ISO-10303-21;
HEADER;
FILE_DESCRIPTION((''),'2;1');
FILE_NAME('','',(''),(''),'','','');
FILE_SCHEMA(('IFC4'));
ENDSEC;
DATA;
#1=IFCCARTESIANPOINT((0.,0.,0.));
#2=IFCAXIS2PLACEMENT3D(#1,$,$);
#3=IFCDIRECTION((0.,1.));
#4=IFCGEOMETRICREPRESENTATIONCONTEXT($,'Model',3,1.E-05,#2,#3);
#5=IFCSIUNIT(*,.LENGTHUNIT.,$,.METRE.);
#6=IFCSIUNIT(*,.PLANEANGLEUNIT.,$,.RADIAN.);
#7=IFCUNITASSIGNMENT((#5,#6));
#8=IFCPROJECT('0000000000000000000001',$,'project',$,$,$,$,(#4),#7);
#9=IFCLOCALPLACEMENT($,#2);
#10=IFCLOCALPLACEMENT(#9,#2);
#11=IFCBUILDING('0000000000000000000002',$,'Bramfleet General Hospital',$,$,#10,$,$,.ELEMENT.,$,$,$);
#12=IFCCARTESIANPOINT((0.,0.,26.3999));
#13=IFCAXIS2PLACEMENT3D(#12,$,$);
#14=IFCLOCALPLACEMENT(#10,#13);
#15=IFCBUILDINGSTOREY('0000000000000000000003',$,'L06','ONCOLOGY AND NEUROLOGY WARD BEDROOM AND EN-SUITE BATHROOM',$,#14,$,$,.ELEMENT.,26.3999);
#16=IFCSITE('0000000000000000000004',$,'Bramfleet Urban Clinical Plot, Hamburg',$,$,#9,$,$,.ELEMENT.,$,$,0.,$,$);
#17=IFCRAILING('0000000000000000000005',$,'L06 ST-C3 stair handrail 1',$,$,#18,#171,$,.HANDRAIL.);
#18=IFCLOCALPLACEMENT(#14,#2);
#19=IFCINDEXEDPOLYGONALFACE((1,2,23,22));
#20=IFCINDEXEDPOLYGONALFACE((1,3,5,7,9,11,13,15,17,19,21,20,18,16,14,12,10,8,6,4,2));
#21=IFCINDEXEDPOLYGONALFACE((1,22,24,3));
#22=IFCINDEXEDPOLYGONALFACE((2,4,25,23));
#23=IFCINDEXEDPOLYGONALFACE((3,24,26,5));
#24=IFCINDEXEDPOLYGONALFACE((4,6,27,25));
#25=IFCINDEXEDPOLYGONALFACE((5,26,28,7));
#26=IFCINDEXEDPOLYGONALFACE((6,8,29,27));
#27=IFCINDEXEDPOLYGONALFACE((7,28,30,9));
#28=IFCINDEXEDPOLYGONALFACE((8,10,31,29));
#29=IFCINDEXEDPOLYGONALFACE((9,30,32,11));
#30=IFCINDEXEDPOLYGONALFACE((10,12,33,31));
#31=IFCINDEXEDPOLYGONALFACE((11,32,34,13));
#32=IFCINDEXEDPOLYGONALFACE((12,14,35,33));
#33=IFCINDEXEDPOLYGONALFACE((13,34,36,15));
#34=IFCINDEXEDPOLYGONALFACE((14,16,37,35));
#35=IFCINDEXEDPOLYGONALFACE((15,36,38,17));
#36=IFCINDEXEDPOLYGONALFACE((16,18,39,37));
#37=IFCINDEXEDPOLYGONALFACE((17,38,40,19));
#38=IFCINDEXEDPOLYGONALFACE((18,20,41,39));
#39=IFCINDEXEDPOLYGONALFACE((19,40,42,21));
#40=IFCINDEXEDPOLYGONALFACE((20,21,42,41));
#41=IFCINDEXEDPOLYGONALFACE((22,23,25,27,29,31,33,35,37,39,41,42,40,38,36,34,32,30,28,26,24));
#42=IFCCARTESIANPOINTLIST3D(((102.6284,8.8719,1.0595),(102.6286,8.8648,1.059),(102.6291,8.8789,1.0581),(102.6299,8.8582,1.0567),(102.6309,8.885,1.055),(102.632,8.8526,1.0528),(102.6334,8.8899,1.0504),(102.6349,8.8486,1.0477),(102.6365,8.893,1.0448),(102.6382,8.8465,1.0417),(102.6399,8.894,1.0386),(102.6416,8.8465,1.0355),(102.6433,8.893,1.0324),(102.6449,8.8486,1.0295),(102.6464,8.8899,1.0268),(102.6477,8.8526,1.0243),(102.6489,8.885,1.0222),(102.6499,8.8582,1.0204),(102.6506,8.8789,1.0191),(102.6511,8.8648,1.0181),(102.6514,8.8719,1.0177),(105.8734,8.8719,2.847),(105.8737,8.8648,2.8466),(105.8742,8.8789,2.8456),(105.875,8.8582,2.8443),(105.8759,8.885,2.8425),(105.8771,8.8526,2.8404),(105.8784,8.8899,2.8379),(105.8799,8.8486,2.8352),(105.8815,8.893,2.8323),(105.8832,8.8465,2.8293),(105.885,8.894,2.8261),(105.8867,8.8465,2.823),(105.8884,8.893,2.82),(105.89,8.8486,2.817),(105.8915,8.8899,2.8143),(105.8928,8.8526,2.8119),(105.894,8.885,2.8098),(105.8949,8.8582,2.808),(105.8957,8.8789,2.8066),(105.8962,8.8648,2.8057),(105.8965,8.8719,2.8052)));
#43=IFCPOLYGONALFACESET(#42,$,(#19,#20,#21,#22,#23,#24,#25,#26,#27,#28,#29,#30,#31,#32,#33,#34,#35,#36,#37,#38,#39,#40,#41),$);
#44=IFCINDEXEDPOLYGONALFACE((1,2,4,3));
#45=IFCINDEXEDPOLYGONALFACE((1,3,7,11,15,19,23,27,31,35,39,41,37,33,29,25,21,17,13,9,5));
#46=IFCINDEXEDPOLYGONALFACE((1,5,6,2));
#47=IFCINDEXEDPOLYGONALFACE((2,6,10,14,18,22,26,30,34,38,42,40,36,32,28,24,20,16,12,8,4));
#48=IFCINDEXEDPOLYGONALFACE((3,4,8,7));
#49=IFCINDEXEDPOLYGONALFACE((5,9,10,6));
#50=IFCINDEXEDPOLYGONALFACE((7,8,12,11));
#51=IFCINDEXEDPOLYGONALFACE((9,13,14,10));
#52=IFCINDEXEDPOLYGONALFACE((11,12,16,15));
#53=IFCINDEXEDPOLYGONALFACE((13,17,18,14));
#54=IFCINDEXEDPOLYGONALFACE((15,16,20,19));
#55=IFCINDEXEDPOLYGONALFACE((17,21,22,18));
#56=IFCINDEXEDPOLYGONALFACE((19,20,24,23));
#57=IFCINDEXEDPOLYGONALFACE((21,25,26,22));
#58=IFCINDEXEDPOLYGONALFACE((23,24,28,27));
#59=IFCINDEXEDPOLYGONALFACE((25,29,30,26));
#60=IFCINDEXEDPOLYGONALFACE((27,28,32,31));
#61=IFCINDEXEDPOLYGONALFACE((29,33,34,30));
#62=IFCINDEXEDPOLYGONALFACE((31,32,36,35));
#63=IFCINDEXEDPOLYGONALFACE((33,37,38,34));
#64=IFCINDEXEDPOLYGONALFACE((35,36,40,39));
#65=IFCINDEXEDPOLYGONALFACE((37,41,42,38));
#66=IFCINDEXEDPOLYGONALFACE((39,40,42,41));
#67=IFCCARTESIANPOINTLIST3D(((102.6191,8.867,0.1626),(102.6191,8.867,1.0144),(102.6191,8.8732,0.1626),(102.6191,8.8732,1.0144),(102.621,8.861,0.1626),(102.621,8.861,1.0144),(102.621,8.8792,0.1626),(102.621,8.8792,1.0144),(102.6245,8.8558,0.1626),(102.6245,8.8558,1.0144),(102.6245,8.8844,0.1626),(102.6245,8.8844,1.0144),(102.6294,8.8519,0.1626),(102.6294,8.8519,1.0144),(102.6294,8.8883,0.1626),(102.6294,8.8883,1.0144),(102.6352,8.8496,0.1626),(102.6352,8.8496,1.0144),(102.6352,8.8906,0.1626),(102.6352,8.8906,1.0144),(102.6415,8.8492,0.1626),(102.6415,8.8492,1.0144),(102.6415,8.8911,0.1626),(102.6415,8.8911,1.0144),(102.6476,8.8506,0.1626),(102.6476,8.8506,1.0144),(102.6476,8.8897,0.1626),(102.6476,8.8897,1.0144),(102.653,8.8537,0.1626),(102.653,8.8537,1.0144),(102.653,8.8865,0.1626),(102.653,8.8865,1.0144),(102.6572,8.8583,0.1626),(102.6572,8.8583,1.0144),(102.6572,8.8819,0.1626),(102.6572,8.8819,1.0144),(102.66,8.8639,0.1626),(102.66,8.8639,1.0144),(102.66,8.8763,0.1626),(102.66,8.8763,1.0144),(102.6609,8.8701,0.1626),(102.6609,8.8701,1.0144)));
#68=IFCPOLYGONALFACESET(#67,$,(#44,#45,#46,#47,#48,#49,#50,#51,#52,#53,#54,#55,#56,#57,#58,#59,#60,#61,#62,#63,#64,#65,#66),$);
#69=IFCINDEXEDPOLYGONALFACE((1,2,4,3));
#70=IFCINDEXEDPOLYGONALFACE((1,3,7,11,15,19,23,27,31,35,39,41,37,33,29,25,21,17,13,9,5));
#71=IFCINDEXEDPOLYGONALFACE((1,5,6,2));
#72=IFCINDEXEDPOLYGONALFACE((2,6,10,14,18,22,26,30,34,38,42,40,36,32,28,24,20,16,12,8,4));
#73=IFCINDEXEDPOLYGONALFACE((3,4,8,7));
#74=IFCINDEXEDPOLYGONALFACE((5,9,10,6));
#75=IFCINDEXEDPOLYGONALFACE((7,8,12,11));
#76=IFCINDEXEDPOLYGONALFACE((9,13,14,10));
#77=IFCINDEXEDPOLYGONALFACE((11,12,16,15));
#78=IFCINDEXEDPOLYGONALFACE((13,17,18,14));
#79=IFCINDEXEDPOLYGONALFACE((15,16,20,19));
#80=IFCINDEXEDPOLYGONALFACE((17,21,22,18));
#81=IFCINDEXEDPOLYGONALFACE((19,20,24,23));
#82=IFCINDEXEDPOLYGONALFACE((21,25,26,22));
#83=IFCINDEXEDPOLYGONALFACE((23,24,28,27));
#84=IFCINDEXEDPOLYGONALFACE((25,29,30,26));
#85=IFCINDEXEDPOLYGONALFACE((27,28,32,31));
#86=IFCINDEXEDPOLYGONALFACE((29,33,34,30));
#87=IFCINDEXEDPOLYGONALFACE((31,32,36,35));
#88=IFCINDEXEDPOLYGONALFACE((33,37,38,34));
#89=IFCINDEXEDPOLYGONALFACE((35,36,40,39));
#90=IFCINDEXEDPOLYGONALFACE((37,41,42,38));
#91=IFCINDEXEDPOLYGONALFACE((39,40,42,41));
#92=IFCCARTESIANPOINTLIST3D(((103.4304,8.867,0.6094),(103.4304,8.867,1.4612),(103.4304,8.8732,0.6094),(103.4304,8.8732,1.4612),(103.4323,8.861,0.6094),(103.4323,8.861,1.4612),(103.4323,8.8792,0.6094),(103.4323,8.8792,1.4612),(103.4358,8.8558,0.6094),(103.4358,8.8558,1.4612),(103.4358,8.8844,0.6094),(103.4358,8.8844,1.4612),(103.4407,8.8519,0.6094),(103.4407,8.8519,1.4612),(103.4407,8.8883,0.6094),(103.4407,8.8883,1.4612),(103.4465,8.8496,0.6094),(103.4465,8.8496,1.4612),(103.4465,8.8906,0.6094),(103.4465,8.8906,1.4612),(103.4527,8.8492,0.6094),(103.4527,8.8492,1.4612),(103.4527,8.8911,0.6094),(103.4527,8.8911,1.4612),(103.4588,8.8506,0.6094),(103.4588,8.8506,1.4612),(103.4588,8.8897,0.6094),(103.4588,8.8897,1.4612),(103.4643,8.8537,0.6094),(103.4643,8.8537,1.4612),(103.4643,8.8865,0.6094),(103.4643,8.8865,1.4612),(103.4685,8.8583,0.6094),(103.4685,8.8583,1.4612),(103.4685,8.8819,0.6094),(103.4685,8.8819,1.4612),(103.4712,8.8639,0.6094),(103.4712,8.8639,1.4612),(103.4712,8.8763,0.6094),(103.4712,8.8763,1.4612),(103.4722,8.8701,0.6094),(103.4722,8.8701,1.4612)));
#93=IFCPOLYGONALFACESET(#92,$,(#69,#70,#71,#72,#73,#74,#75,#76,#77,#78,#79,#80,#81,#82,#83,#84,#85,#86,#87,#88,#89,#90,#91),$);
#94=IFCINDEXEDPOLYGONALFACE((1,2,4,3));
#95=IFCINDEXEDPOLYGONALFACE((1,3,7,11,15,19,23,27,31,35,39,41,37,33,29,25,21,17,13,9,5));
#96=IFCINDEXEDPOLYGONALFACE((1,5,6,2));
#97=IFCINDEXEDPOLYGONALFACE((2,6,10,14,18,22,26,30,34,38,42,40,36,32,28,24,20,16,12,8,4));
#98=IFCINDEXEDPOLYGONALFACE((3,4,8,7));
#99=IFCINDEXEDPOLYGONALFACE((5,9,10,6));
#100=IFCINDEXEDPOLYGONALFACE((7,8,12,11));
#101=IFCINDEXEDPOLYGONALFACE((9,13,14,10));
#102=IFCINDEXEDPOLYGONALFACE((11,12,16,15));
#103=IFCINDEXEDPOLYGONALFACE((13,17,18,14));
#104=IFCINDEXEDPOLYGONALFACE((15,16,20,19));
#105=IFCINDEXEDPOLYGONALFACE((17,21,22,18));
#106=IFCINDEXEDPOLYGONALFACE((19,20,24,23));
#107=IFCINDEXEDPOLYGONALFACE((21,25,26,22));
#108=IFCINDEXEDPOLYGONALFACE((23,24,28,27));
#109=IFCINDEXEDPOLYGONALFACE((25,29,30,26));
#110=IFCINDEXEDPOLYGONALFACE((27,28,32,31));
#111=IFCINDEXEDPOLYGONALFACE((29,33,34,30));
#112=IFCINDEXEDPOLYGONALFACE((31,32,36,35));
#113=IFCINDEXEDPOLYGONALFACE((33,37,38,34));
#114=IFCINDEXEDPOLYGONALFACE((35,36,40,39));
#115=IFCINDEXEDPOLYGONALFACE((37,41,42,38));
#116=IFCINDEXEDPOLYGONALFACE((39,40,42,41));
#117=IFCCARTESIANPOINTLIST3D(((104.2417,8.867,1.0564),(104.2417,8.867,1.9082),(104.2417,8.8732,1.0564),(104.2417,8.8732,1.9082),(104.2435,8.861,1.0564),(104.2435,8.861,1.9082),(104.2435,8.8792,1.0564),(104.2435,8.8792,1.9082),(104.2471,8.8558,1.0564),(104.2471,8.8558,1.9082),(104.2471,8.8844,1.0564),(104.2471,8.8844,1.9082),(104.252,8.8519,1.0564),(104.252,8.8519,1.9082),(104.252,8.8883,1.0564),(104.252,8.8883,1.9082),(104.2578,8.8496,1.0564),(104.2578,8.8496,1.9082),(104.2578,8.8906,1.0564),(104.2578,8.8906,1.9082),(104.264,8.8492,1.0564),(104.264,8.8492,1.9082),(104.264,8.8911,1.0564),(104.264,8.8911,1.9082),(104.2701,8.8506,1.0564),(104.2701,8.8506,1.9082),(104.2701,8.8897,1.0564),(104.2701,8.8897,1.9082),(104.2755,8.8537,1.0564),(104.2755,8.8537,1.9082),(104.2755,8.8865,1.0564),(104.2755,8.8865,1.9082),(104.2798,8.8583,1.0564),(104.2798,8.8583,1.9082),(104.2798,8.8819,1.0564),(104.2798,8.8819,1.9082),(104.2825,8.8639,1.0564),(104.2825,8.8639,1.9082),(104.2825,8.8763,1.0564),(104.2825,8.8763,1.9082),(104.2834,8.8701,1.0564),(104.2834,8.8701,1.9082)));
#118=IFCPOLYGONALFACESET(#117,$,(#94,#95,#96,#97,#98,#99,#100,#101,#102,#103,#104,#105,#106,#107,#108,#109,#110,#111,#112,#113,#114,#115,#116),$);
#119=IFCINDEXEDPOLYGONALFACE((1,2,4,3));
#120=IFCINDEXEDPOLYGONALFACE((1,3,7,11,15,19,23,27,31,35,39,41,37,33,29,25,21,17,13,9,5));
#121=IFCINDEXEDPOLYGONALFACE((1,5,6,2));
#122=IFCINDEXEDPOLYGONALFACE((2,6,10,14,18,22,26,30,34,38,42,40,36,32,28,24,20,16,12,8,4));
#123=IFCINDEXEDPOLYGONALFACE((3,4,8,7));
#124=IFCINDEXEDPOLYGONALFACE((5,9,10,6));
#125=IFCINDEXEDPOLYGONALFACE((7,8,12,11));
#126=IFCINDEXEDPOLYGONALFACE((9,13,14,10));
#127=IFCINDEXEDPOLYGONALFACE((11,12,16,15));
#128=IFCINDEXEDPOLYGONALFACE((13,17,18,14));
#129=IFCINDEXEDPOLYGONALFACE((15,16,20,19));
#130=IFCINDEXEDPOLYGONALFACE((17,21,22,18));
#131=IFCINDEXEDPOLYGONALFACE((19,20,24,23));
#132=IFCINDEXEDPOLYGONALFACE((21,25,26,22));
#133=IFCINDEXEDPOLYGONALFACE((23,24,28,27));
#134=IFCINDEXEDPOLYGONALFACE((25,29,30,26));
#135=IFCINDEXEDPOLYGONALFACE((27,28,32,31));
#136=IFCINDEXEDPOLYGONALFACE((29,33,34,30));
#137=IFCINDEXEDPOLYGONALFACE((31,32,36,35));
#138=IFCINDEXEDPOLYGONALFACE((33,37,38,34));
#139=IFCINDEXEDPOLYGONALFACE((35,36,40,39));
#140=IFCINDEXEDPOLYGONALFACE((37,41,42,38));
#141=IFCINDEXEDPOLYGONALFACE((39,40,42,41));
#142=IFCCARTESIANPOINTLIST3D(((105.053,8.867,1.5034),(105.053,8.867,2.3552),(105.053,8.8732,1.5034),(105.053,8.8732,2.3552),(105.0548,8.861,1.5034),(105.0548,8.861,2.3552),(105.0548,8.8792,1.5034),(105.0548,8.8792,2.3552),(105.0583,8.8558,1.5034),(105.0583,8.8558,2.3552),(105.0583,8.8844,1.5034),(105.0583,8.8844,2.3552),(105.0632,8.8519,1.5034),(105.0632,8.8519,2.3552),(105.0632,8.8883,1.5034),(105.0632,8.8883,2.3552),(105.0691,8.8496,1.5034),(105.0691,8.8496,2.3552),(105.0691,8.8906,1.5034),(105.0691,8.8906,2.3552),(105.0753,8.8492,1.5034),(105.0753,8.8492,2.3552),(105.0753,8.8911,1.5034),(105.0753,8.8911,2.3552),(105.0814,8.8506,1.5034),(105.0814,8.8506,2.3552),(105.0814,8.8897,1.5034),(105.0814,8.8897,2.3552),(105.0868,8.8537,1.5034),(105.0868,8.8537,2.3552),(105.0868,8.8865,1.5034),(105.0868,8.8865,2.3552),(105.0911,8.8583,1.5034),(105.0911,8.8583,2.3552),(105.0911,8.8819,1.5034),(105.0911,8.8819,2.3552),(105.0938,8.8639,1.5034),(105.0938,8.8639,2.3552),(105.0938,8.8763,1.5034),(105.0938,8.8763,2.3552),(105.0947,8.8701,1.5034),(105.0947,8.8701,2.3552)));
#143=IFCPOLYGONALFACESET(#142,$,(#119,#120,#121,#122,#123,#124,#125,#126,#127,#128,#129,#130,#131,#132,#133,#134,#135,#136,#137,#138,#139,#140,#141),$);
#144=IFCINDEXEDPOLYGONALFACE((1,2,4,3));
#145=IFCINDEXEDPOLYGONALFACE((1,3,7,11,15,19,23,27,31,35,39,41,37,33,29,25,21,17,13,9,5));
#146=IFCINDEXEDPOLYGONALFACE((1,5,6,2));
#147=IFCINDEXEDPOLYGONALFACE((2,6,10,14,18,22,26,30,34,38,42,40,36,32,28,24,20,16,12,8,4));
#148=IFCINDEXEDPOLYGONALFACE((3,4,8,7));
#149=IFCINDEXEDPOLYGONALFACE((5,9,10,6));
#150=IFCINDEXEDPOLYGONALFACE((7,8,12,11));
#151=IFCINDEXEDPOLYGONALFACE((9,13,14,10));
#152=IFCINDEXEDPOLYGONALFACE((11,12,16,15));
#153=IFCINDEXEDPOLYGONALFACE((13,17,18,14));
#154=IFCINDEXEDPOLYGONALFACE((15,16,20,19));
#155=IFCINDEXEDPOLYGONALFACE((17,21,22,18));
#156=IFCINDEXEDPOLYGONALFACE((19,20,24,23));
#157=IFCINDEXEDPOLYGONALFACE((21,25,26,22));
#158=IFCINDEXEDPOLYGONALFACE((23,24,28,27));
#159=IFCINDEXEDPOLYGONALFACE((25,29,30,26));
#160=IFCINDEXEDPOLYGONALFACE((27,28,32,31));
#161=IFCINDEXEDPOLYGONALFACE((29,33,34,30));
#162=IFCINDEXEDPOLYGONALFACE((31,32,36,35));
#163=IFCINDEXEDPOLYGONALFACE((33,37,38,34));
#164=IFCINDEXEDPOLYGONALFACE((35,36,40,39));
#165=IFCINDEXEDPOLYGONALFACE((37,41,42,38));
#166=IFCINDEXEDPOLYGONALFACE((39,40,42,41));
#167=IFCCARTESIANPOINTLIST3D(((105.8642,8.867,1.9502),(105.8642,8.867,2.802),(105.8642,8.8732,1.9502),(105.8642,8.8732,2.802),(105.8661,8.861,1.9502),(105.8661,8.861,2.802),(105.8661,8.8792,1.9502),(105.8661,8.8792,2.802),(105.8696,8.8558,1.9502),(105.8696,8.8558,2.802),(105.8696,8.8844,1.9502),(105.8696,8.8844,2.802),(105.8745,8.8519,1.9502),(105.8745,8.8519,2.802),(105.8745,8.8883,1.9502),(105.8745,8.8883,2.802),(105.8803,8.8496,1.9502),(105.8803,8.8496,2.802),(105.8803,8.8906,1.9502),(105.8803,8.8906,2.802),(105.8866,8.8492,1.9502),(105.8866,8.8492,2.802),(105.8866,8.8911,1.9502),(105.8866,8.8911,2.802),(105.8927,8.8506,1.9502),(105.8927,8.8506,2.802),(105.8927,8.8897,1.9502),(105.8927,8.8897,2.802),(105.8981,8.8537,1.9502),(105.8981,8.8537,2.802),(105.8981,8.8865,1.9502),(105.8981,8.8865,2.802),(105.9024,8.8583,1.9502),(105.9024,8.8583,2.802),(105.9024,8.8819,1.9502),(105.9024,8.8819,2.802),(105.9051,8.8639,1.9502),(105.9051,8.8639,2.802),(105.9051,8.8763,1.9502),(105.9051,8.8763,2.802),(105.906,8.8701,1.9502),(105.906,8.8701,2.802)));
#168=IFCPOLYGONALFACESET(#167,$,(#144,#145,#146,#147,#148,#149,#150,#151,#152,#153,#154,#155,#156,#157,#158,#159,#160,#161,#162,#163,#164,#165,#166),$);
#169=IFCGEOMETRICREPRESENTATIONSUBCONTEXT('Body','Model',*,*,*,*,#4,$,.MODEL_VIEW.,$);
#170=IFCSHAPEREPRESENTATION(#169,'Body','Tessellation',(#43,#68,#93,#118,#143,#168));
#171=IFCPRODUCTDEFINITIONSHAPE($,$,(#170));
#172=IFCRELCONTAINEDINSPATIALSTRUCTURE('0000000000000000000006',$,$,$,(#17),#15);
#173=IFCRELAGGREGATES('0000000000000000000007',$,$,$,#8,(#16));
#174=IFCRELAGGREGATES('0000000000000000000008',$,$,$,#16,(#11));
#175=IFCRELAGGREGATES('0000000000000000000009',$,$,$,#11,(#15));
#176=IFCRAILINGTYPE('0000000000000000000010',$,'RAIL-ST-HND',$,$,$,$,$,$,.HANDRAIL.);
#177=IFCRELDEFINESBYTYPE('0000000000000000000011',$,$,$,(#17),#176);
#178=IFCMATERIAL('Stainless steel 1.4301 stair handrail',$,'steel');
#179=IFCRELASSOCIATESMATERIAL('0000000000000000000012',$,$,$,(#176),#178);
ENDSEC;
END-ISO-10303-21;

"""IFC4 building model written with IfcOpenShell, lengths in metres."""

from ifc_helpers import new_model, si_unit, direction, frame, origin, origin_2d, place, context, subcontext, project, spatial, circle, extrude, material, type_object, element, save


model = new_model("IFC4")

# Units and contexts
model_context = context("Model", 3, precision=1e-05, world=origin(), true_north=direction((0.0, 1.0)))
body_context = subcontext(model_context, "Body", "Model", "MODEL_VIEW")
ifc_project = project(units=[si_unit("LENGTHUNIT", "METRE"), si_unit("PLANEANGLEUNIT", "RADIAN")], contexts=[model_context])

# Site, building, storey
site_placement = place(None, origin())
site = spatial("IfcSite", under=ifc_project, at=site_placement, Name="Bramfleet Urban Clinical Plot, Hamburg", CompositionType="ELEMENT", RefElevation=0.0)
building_placement = place(site_placement, origin())
building = spatial("IfcBuilding", under=site, at=building_placement, Name="Bramfleet General Hospital", CompositionType="ELEMENT")
storey_placement = place(building_placement, frame((0.0, 0.0, 26.3999)))
storey = spatial("IfcBuildingStorey", under=building, at=storey_placement, Name="L06", Description="ONCOLOGY AND NEUROLOGY WARD BEDROOM AND EN-SUITE BATHROOM", CompositionType="ELEMENT", Elevation=26.3999)

# Railing
ifc_material_1 = material(Name="Stainless steel 1.4301 stair handrail", Category="steel")
railing_type_1 = type_object("IfcRailingType", Name="RAIL-ST-HND", PredefinedType="HANDRAIL", material=ifc_material_1)
railing_1_placement = place(storey_placement, frame((102.6399, 8.8701, 0.1626)))
element("IfcRailing", 1, at=railing_1_placement, inside=storey, type_object=railing_type_1, Name="L06 ST-C3 stair handrail 1", PredefinedType="HANDRAIL", context=body_context, shape_type="SweptSolid", body=[
    extrude(circle(Radius=0.0239, at=origin_2d()), frame((0.0, 0.0, 0.876), z_axis=(0.875899, 0.0, 0.482495), x_axis=(0.0, 1.0, 0.0)), (0.0, 0.0, 1.0), 3.7048),
    extrude(circle(Radius=0.021, at=origin_2d()), origin(), (0.0, 0.0, 1.0), 0.8518),
    extrude(circle(Radius=0.021, at=origin_2d()), frame((0.8113, 0.0, 0.4468)), (0.0, 0.0, 1.0), 0.8518),
    extrude(circle(Radius=0.021, at=origin_2d()), frame((1.6226, 0.0, 0.8938)), (0.0, 0.0, 1.0), 0.8518),
    extrude(circle(Radius=0.021, at=origin_2d()), frame((2.4338, 0.0, 1.3408)), (0.0, 0.0, 1.0), 0.8518),
    extrude(circle(Radius=0.021, at=origin_2d()), frame((3.2451, 0.0, 1.7876)), (0.0, 0.0, 1.0), 0.8518),
])

save(model, "model.ifc")
